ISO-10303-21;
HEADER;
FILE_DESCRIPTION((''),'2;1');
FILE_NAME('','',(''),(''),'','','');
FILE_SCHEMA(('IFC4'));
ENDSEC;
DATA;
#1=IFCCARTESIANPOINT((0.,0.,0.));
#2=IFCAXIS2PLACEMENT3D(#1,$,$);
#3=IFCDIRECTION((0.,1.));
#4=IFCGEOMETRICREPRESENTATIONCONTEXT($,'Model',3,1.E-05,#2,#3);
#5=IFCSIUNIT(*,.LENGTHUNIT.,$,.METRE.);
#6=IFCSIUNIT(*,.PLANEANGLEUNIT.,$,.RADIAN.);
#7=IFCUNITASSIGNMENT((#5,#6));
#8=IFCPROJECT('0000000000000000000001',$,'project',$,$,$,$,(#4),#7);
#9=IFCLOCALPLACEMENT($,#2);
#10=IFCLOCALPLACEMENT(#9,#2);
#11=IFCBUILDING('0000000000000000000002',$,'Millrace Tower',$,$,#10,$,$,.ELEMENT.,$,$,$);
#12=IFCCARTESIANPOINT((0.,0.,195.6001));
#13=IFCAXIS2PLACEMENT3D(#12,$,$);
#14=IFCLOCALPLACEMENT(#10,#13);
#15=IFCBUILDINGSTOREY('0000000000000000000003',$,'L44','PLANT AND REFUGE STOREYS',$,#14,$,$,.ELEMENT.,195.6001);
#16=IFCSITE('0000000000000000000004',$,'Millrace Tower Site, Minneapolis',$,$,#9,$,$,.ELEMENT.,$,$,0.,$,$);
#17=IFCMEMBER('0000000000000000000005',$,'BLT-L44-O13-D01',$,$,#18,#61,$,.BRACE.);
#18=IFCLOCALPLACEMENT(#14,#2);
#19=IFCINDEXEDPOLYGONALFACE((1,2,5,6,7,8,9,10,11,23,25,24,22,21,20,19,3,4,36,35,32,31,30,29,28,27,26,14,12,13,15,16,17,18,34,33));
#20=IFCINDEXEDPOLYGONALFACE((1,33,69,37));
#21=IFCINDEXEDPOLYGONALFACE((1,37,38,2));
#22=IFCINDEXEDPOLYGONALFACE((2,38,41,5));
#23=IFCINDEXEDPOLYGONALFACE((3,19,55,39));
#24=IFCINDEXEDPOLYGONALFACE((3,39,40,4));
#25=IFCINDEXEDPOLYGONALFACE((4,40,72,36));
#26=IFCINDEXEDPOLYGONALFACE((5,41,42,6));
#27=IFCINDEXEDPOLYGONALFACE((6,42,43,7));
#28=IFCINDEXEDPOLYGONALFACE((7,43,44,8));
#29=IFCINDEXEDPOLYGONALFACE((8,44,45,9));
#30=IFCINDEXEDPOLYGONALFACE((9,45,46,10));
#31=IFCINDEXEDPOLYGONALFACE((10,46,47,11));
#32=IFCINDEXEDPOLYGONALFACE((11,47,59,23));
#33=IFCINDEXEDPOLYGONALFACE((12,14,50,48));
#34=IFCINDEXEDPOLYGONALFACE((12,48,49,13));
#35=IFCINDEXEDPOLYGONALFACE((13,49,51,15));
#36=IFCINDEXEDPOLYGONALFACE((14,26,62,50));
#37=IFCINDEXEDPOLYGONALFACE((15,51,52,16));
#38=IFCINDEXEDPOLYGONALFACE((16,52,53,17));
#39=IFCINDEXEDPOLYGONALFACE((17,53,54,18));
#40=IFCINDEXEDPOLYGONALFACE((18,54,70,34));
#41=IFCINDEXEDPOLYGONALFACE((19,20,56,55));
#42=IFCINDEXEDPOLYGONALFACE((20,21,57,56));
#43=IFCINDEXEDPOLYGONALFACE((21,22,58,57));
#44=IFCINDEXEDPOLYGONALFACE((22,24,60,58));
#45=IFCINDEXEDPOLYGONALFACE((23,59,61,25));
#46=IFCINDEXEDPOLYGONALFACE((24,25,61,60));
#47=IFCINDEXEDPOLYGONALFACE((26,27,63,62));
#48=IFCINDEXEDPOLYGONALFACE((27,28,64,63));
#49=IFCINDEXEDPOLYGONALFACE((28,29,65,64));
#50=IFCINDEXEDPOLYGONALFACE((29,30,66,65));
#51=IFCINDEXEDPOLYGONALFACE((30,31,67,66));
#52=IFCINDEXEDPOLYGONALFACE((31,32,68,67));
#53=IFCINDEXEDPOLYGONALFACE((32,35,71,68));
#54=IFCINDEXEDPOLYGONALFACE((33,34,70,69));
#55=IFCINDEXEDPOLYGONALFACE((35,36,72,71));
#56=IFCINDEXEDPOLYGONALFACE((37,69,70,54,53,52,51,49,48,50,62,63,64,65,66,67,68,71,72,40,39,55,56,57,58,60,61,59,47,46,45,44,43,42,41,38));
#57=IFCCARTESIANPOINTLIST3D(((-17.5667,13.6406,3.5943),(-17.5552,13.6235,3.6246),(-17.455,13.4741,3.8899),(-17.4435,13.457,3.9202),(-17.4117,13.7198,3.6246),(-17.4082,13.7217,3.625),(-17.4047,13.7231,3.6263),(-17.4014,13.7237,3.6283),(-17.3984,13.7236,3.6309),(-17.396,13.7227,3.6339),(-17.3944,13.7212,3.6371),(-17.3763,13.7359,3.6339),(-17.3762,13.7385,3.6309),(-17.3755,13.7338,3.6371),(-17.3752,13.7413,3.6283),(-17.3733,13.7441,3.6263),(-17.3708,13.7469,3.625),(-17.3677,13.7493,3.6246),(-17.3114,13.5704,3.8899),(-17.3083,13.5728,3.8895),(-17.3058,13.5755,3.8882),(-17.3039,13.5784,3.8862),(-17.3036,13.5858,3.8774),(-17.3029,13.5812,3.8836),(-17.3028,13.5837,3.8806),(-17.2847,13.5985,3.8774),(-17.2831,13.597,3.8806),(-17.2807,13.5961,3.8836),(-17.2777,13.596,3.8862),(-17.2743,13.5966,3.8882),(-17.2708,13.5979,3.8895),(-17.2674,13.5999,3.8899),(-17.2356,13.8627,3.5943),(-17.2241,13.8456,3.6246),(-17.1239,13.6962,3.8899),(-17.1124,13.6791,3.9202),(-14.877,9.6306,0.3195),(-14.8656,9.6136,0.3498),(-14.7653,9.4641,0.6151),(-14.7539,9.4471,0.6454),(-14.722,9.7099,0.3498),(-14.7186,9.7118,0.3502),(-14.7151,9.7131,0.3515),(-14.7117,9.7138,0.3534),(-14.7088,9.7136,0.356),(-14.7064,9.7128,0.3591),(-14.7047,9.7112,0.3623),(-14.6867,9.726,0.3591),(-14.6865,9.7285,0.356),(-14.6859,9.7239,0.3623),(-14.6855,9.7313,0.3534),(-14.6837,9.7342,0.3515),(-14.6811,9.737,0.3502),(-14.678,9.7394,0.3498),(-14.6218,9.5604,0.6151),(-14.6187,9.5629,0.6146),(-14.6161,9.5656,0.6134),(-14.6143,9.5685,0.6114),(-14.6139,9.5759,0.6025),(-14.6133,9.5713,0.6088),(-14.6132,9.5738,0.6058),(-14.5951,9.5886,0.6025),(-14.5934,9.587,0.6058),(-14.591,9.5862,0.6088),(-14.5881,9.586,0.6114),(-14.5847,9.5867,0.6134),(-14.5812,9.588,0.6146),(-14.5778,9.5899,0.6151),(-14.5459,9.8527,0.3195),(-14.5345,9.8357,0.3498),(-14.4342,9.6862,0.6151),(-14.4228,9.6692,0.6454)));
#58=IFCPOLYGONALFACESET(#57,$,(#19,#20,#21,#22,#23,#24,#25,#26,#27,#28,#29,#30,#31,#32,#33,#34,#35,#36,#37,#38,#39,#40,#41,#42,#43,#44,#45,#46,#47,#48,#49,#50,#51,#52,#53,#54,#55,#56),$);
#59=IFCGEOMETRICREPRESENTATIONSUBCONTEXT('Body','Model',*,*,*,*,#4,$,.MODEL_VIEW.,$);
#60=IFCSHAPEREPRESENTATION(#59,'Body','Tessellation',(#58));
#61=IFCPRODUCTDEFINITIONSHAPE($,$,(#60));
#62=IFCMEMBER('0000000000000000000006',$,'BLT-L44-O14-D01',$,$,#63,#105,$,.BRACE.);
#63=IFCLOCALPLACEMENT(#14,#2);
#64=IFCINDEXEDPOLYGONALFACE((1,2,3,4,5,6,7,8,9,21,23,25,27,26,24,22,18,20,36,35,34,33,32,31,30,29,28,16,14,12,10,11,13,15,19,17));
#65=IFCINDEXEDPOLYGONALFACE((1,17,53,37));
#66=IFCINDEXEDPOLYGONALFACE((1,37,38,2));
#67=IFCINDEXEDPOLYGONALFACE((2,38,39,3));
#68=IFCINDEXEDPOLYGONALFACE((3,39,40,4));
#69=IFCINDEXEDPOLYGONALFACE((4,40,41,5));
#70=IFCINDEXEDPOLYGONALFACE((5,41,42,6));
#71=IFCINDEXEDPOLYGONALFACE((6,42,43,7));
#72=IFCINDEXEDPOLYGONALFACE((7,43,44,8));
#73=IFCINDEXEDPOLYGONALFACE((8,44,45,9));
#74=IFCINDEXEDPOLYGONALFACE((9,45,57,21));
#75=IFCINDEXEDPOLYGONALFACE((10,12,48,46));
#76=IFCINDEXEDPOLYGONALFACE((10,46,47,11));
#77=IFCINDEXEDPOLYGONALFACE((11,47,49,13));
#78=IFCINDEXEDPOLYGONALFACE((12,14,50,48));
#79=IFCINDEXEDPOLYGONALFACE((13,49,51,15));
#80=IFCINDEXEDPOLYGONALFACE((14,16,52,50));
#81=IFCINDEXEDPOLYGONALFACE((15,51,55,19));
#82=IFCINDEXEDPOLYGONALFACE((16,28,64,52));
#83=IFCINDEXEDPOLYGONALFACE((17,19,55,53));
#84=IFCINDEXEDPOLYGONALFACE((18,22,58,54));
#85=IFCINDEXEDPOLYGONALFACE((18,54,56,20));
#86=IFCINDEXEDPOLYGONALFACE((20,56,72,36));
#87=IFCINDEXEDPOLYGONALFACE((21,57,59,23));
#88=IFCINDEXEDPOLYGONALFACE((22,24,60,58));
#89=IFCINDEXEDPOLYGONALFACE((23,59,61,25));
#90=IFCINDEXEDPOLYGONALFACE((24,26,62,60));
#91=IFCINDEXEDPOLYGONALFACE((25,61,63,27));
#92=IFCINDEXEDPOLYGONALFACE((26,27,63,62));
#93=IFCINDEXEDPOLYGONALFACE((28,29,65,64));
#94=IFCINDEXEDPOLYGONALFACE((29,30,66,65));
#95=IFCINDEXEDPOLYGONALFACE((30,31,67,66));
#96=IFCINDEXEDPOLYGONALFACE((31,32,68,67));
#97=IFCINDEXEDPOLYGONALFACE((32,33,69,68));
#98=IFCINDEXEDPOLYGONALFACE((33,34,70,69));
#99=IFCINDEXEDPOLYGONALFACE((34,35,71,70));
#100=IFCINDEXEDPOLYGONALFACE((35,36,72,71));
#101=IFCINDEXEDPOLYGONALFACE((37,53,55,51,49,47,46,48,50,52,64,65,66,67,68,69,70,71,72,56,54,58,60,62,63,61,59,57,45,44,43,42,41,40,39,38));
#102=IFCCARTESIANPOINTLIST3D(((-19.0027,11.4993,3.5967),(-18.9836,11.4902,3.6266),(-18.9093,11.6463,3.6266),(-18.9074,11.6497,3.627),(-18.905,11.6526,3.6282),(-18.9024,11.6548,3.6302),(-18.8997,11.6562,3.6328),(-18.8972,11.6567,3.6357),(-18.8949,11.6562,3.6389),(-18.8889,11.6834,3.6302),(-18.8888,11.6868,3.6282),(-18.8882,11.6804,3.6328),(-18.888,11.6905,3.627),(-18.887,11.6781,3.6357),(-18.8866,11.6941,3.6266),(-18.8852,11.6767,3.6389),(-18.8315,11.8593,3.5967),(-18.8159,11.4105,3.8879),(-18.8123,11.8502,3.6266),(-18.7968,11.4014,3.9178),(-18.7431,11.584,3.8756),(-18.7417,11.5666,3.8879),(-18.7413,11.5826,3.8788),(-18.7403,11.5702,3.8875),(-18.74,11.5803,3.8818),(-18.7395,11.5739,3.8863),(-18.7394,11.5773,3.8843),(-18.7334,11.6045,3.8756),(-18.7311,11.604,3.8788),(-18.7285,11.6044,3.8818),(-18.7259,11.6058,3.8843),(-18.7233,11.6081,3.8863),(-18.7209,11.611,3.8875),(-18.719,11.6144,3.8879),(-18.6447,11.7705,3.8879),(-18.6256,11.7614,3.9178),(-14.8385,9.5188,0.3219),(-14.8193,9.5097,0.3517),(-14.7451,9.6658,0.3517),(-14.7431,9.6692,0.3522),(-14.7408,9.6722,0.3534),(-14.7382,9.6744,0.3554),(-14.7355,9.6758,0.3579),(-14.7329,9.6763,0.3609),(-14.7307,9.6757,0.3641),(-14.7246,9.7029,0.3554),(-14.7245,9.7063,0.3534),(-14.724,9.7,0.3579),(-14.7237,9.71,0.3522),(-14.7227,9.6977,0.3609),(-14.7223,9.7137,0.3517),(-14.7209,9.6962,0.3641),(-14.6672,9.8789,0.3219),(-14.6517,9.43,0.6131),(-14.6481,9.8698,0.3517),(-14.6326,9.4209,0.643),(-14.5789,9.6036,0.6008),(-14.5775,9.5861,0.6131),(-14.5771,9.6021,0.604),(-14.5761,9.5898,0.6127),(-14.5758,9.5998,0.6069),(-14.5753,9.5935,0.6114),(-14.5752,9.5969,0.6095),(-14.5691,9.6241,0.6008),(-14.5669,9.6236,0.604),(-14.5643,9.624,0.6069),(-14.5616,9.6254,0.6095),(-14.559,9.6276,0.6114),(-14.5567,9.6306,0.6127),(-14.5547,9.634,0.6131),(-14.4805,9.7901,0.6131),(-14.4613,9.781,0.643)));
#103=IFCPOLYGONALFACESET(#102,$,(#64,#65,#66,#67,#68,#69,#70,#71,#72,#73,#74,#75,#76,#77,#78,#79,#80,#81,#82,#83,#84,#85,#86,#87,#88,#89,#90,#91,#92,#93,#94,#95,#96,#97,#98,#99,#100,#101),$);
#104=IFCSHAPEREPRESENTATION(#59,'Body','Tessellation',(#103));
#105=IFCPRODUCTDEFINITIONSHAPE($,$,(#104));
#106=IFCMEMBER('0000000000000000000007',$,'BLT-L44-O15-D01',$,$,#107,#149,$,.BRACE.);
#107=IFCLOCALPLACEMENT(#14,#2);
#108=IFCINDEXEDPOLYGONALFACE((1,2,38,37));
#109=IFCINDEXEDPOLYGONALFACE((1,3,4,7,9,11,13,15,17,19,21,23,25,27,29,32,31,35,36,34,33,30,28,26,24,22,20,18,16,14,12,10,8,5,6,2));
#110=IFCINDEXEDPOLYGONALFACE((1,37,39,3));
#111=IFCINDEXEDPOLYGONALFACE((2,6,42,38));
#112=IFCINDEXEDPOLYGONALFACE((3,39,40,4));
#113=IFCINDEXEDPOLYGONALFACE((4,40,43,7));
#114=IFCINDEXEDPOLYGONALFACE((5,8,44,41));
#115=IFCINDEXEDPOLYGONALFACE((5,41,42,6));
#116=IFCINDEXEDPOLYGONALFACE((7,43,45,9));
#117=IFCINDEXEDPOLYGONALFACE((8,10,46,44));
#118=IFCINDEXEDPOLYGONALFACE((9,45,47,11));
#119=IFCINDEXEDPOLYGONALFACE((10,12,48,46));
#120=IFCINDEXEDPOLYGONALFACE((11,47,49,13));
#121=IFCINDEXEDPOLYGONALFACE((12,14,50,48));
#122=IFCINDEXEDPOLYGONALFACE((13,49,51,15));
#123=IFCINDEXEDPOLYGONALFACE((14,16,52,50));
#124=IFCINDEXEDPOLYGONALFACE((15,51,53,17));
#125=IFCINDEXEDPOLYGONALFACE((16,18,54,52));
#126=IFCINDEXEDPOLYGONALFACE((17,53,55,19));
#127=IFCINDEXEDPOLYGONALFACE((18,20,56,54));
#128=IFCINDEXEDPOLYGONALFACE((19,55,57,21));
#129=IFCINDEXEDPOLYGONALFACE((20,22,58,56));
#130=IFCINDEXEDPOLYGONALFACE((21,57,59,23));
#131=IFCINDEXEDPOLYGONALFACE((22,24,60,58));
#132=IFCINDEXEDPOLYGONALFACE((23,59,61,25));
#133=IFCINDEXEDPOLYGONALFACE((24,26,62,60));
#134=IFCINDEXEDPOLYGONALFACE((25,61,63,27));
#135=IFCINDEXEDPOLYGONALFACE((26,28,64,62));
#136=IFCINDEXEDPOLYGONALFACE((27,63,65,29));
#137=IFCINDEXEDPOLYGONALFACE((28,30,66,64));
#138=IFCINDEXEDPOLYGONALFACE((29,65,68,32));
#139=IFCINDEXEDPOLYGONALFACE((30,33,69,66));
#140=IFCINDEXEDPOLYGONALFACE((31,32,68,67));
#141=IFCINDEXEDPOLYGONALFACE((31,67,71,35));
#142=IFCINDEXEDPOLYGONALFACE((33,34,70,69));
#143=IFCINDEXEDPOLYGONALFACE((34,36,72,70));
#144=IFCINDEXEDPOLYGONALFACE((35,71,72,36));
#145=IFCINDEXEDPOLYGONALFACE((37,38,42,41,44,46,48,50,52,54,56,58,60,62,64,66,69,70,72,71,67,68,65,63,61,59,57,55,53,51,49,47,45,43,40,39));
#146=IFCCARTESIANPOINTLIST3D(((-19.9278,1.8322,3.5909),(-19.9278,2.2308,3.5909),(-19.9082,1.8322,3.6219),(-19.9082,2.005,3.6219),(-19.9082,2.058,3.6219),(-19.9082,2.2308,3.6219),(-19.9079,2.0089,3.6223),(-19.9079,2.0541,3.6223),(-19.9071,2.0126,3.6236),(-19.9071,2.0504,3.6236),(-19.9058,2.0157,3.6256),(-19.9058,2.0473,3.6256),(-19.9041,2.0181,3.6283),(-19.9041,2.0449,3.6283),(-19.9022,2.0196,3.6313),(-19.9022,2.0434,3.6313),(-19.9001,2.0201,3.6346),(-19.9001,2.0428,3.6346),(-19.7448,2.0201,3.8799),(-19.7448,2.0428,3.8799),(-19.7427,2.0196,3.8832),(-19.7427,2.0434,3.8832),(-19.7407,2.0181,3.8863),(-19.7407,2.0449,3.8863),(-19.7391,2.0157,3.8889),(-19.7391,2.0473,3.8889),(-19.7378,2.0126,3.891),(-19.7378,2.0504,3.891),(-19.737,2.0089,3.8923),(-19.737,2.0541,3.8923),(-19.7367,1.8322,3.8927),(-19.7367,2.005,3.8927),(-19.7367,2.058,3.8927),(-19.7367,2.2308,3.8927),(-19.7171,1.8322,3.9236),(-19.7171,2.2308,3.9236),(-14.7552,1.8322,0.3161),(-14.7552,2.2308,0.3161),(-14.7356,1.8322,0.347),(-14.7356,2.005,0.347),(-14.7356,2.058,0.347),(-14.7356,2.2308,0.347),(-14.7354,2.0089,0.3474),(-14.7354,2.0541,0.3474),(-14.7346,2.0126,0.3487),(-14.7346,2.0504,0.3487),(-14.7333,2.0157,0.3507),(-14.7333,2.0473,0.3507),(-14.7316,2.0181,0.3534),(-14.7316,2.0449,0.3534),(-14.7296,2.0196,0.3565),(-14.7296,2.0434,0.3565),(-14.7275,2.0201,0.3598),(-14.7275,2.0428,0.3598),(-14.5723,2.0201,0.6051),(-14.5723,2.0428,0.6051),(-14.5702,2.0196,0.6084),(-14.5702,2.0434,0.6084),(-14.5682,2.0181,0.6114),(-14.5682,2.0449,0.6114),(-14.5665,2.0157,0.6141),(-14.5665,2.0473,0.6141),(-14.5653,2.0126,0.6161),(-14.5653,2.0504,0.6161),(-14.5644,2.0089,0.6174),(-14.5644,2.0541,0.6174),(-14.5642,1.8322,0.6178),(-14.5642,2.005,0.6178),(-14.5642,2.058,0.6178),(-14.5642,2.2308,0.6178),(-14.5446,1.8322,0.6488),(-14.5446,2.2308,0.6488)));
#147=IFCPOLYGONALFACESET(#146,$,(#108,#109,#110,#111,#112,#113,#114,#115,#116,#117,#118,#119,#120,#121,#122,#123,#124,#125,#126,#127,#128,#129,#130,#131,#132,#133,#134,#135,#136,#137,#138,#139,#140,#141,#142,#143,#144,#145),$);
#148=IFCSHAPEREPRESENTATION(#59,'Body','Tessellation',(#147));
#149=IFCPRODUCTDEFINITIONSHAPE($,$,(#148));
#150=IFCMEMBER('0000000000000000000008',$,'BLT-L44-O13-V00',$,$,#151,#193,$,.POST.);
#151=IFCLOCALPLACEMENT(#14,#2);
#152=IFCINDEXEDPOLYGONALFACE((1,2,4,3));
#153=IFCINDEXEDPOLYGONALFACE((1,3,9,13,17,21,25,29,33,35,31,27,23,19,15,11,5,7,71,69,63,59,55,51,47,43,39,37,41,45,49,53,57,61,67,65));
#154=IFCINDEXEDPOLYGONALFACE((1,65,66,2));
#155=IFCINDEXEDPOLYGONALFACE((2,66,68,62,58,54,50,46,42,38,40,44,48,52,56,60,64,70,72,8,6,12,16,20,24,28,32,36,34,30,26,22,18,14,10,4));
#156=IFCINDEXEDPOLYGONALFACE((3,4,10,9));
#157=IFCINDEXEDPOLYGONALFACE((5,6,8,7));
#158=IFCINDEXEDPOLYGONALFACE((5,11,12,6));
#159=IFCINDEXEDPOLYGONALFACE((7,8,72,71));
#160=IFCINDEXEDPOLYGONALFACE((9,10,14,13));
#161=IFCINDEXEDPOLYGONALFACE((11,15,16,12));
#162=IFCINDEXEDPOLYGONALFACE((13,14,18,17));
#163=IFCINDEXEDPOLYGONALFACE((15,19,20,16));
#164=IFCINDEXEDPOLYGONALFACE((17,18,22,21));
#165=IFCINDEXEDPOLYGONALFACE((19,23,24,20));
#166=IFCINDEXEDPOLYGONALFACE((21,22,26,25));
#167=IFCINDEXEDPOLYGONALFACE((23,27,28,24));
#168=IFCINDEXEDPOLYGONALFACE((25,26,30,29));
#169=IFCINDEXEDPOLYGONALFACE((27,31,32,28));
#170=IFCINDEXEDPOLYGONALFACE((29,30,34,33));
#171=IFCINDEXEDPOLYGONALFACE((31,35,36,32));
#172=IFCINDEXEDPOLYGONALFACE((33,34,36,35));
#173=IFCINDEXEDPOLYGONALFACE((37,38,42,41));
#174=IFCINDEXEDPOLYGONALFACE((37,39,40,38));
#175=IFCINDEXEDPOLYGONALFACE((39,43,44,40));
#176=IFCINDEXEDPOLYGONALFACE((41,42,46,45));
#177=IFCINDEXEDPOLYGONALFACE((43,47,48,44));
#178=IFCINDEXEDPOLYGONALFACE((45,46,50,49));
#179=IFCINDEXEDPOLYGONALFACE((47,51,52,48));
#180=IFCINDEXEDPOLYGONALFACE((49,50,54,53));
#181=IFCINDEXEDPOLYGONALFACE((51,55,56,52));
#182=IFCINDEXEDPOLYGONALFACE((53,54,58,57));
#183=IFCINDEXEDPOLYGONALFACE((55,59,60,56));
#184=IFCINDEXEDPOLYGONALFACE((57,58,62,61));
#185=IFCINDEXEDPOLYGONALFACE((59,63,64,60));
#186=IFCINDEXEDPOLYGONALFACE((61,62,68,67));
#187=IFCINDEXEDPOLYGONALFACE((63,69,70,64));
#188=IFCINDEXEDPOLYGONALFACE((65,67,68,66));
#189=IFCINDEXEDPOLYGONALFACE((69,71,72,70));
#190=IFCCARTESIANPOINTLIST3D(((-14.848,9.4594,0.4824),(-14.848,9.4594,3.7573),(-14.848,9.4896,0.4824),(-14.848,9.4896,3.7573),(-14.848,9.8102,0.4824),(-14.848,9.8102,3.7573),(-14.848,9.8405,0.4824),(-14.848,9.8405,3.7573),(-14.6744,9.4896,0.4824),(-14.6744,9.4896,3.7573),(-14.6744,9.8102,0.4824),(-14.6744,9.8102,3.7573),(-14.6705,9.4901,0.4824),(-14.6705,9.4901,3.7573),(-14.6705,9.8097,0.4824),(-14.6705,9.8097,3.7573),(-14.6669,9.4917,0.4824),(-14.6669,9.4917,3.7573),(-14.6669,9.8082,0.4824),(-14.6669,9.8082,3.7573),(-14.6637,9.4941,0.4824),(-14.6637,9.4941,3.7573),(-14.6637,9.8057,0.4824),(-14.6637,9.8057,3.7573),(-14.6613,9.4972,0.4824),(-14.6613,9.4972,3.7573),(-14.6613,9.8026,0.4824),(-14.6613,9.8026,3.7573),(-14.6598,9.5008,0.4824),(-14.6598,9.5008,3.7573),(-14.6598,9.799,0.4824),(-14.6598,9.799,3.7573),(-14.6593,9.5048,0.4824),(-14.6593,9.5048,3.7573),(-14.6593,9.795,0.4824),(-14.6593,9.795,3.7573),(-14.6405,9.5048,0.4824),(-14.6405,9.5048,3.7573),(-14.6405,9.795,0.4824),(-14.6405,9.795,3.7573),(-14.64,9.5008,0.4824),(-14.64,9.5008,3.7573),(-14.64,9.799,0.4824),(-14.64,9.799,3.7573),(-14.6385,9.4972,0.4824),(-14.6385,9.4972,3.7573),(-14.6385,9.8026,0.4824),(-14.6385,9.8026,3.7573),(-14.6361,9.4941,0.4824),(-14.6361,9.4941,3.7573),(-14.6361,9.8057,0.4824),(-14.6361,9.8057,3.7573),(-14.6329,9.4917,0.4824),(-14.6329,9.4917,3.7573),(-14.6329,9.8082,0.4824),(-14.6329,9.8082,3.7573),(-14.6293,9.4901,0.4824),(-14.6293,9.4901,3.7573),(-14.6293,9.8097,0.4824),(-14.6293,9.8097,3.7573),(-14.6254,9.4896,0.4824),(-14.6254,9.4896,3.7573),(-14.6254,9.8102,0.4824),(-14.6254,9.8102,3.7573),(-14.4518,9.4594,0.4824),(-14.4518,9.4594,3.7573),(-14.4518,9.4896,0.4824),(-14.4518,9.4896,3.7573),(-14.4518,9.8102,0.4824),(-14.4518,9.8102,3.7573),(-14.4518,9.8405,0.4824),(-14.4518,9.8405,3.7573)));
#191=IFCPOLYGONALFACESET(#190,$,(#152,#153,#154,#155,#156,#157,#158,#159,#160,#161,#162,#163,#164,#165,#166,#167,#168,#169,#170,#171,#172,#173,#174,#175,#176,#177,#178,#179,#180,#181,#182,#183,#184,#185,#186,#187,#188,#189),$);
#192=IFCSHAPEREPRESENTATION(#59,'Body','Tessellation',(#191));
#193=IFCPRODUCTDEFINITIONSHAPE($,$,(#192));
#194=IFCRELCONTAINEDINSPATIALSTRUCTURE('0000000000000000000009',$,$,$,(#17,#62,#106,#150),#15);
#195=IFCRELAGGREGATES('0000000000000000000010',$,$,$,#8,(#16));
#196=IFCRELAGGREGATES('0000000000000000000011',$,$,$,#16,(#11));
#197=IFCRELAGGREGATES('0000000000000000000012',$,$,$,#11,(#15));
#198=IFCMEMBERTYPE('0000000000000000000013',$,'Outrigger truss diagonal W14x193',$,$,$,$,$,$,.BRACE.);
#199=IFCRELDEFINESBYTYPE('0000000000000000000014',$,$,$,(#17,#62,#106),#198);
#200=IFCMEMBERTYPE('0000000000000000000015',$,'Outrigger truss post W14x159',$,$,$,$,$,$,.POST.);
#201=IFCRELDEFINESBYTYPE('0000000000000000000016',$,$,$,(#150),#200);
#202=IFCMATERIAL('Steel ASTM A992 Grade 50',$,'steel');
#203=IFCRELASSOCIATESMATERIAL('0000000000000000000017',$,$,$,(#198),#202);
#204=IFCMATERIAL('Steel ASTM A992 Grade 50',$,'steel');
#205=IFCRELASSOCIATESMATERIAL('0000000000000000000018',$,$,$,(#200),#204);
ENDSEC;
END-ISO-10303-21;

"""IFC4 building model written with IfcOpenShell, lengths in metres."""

from ifc_helpers import new_model, si_unit, direction, frame, origin, origin_2d, place, context, subcontext, project, spatial, i_section, extrude, material, material_profile, profile_set, type_object, element, save


model = new_model("IFC4")

# Units and contexts
model_context = context("Model", 3, precision=1e-05, world=origin(), true_north=direction((0.0, 1.0)))
body_context = subcontext(model_context, "Body", "Model", "MODEL_VIEW")
ifc_project = project(units=[si_unit("LENGTHUNIT", "METRE"), si_unit("PLANEANGLEUNIT", "RADIAN")], contexts=[model_context])

# Site, building, storey
site_placement = place(None, origin())
site = spatial("IfcSite", under=ifc_project, at=site_placement, Name="Millrace Tower Site, Minneapolis", CompositionType="ELEMENT", RefElevation=0.0)
building_placement = place(site_placement, origin())
building = spatial("IfcBuilding", under=site, at=building_placement, Name="Millrace Tower", CompositionType="ELEMENT")
storey_placement = place(building_placement, frame((0.0, 0.0, 195.6001)))
storey = spatial("IfcBuildingStorey", under=building, at=storey_placement, Name="L44", Description="PLANT AND REFUGE STOREYS", CompositionType="ELEMENT", Elevation=195.6001)

# Members
ifc_material_1 = material(Name="Steel ASTM A992 Grade 50", Category="steel")
ifc_material_profile_1 = material_profile(ifc_material_1, i_section(OverallWidth=0.3987, OverallDepth=0.3938, WebThickness=0.0227, FlangeThickness=0.0366, FilletRadius=0.0151, at=origin_2d()))
ifc_profile_set_1 = profile_set([ifc_material_profile_1], Name="Steel ASTM A992 Grade 50")
member_type_1 = type_object("IfcMemberType", Name="Outrigger truss diagonal W14x193", PredefinedType="BRACE", material=ifc_profile_set_1)
member_1_placement = place(storey_placement, frame((-14.6499, 9.6499, 0.4824), z_axis=(-0.461011, 0.687311, 0.561314), x_axis=(-0.830483, -0.557043, 0.0)))
element("IfcMember", 1, at=member_1_placement, inside=storey, type_object=member_type_1, Name="BLT-L44-O13-D01", PredefinedType="BRACE", context=body_context, shape_type="SweptSolid", body=[
    extrude(i_section(OverallWidth=0.3987, OverallDepth=0.3938, WebThickness=0.0227, FlangeThickness=0.0366, FilletRadius=0.0151, at=origin_2d()), origin(), (0.0, 0.0, 1.0), 5.8342),
])
member_2_placement = place(storey_placement, frame((-14.6499, 9.6499, 0.4824), z_axis=(-0.736282, 0.350163, 0.579029), x_axis=(-0.429486, -0.903074, 0.0)))
element("IfcMember", 2, at=member_2_placement, inside=storey, type_object=member_type_1, Name="BLT-L44-O14-D01", PredefinedType="BRACE", context=body_context, shape_type="SweptSolid", body=[
    extrude(i_section(OverallWidth=0.3987, OverallDepth=0.3938, WebThickness=0.0227, FlangeThickness=0.0366, FilletRadius=0.0151, at=origin_2d()), origin(), (0.0, 0.0, 1.0), 5.6558),
])
member_3_placement = place(storey_placement, frame((-14.6499, 2.0315, 0.4824), z_axis=(-0.844899, 0.0, 0.534926), x_axis=(0.0, -1.0, 0.0)))
element("IfcMember", 3, at=member_3_placement, inside=storey, type_object=member_type_1, Name="BLT-L44-O15-D01", PredefinedType="BRACE", context=body_context, shape_type="SweptSolid", body=[
    extrude(i_section(OverallWidth=0.3987, OverallDepth=0.3938, WebThickness=0.0227, FlangeThickness=0.0366, FilletRadius=0.0151, at=origin_2d()), origin(), (0.0, 0.0, 1.0), 6.1221),
])
ifc_material_2 = material(Name="Steel ASTM A992 Grade 50", Category="steel")
ifc_material_profile_2 = material_profile(ifc_material_2, i_section(OverallWidth=0.3962, OverallDepth=0.3811, WebThickness=0.0188, FlangeThickness=0.0303, FilletRadius=0.0151, at=origin_2d()))
ifc_profile_set_2 = profile_set([ifc_material_profile_2], Name="Steel ASTM A992 Grade 50")
member_type_2 = type_object("IfcMemberType", Name="Outrigger truss post W14x159", PredefinedType="POST", material=ifc_profile_set_2)
for number, where, z_axis, x_axis, name in (
    (4, (-14.6499, 9.6499, 0.4824), (0.0, 0.0, 1.0), (1.0, 0.0, 0.0), "BLT-L44-O13-V00"),
):
    element("IfcMember", number, at=place(storey_placement, frame(where, z_axis=z_axis, x_axis=x_axis)), inside=storey, type_object=member_type_2, Name=name, PredefinedType="POST", context=body_context, shape_type="SweptSolid", body=[
        extrude(i_section(OverallWidth=0.3962, OverallDepth=0.3811, WebThickness=0.0188, FlangeThickness=0.0303, FilletRadius=0.0151, at=origin_2d()), origin(), (0.0, 0.0, 1.0), 3.2749),
    ])

save(model, "model.ifc")
